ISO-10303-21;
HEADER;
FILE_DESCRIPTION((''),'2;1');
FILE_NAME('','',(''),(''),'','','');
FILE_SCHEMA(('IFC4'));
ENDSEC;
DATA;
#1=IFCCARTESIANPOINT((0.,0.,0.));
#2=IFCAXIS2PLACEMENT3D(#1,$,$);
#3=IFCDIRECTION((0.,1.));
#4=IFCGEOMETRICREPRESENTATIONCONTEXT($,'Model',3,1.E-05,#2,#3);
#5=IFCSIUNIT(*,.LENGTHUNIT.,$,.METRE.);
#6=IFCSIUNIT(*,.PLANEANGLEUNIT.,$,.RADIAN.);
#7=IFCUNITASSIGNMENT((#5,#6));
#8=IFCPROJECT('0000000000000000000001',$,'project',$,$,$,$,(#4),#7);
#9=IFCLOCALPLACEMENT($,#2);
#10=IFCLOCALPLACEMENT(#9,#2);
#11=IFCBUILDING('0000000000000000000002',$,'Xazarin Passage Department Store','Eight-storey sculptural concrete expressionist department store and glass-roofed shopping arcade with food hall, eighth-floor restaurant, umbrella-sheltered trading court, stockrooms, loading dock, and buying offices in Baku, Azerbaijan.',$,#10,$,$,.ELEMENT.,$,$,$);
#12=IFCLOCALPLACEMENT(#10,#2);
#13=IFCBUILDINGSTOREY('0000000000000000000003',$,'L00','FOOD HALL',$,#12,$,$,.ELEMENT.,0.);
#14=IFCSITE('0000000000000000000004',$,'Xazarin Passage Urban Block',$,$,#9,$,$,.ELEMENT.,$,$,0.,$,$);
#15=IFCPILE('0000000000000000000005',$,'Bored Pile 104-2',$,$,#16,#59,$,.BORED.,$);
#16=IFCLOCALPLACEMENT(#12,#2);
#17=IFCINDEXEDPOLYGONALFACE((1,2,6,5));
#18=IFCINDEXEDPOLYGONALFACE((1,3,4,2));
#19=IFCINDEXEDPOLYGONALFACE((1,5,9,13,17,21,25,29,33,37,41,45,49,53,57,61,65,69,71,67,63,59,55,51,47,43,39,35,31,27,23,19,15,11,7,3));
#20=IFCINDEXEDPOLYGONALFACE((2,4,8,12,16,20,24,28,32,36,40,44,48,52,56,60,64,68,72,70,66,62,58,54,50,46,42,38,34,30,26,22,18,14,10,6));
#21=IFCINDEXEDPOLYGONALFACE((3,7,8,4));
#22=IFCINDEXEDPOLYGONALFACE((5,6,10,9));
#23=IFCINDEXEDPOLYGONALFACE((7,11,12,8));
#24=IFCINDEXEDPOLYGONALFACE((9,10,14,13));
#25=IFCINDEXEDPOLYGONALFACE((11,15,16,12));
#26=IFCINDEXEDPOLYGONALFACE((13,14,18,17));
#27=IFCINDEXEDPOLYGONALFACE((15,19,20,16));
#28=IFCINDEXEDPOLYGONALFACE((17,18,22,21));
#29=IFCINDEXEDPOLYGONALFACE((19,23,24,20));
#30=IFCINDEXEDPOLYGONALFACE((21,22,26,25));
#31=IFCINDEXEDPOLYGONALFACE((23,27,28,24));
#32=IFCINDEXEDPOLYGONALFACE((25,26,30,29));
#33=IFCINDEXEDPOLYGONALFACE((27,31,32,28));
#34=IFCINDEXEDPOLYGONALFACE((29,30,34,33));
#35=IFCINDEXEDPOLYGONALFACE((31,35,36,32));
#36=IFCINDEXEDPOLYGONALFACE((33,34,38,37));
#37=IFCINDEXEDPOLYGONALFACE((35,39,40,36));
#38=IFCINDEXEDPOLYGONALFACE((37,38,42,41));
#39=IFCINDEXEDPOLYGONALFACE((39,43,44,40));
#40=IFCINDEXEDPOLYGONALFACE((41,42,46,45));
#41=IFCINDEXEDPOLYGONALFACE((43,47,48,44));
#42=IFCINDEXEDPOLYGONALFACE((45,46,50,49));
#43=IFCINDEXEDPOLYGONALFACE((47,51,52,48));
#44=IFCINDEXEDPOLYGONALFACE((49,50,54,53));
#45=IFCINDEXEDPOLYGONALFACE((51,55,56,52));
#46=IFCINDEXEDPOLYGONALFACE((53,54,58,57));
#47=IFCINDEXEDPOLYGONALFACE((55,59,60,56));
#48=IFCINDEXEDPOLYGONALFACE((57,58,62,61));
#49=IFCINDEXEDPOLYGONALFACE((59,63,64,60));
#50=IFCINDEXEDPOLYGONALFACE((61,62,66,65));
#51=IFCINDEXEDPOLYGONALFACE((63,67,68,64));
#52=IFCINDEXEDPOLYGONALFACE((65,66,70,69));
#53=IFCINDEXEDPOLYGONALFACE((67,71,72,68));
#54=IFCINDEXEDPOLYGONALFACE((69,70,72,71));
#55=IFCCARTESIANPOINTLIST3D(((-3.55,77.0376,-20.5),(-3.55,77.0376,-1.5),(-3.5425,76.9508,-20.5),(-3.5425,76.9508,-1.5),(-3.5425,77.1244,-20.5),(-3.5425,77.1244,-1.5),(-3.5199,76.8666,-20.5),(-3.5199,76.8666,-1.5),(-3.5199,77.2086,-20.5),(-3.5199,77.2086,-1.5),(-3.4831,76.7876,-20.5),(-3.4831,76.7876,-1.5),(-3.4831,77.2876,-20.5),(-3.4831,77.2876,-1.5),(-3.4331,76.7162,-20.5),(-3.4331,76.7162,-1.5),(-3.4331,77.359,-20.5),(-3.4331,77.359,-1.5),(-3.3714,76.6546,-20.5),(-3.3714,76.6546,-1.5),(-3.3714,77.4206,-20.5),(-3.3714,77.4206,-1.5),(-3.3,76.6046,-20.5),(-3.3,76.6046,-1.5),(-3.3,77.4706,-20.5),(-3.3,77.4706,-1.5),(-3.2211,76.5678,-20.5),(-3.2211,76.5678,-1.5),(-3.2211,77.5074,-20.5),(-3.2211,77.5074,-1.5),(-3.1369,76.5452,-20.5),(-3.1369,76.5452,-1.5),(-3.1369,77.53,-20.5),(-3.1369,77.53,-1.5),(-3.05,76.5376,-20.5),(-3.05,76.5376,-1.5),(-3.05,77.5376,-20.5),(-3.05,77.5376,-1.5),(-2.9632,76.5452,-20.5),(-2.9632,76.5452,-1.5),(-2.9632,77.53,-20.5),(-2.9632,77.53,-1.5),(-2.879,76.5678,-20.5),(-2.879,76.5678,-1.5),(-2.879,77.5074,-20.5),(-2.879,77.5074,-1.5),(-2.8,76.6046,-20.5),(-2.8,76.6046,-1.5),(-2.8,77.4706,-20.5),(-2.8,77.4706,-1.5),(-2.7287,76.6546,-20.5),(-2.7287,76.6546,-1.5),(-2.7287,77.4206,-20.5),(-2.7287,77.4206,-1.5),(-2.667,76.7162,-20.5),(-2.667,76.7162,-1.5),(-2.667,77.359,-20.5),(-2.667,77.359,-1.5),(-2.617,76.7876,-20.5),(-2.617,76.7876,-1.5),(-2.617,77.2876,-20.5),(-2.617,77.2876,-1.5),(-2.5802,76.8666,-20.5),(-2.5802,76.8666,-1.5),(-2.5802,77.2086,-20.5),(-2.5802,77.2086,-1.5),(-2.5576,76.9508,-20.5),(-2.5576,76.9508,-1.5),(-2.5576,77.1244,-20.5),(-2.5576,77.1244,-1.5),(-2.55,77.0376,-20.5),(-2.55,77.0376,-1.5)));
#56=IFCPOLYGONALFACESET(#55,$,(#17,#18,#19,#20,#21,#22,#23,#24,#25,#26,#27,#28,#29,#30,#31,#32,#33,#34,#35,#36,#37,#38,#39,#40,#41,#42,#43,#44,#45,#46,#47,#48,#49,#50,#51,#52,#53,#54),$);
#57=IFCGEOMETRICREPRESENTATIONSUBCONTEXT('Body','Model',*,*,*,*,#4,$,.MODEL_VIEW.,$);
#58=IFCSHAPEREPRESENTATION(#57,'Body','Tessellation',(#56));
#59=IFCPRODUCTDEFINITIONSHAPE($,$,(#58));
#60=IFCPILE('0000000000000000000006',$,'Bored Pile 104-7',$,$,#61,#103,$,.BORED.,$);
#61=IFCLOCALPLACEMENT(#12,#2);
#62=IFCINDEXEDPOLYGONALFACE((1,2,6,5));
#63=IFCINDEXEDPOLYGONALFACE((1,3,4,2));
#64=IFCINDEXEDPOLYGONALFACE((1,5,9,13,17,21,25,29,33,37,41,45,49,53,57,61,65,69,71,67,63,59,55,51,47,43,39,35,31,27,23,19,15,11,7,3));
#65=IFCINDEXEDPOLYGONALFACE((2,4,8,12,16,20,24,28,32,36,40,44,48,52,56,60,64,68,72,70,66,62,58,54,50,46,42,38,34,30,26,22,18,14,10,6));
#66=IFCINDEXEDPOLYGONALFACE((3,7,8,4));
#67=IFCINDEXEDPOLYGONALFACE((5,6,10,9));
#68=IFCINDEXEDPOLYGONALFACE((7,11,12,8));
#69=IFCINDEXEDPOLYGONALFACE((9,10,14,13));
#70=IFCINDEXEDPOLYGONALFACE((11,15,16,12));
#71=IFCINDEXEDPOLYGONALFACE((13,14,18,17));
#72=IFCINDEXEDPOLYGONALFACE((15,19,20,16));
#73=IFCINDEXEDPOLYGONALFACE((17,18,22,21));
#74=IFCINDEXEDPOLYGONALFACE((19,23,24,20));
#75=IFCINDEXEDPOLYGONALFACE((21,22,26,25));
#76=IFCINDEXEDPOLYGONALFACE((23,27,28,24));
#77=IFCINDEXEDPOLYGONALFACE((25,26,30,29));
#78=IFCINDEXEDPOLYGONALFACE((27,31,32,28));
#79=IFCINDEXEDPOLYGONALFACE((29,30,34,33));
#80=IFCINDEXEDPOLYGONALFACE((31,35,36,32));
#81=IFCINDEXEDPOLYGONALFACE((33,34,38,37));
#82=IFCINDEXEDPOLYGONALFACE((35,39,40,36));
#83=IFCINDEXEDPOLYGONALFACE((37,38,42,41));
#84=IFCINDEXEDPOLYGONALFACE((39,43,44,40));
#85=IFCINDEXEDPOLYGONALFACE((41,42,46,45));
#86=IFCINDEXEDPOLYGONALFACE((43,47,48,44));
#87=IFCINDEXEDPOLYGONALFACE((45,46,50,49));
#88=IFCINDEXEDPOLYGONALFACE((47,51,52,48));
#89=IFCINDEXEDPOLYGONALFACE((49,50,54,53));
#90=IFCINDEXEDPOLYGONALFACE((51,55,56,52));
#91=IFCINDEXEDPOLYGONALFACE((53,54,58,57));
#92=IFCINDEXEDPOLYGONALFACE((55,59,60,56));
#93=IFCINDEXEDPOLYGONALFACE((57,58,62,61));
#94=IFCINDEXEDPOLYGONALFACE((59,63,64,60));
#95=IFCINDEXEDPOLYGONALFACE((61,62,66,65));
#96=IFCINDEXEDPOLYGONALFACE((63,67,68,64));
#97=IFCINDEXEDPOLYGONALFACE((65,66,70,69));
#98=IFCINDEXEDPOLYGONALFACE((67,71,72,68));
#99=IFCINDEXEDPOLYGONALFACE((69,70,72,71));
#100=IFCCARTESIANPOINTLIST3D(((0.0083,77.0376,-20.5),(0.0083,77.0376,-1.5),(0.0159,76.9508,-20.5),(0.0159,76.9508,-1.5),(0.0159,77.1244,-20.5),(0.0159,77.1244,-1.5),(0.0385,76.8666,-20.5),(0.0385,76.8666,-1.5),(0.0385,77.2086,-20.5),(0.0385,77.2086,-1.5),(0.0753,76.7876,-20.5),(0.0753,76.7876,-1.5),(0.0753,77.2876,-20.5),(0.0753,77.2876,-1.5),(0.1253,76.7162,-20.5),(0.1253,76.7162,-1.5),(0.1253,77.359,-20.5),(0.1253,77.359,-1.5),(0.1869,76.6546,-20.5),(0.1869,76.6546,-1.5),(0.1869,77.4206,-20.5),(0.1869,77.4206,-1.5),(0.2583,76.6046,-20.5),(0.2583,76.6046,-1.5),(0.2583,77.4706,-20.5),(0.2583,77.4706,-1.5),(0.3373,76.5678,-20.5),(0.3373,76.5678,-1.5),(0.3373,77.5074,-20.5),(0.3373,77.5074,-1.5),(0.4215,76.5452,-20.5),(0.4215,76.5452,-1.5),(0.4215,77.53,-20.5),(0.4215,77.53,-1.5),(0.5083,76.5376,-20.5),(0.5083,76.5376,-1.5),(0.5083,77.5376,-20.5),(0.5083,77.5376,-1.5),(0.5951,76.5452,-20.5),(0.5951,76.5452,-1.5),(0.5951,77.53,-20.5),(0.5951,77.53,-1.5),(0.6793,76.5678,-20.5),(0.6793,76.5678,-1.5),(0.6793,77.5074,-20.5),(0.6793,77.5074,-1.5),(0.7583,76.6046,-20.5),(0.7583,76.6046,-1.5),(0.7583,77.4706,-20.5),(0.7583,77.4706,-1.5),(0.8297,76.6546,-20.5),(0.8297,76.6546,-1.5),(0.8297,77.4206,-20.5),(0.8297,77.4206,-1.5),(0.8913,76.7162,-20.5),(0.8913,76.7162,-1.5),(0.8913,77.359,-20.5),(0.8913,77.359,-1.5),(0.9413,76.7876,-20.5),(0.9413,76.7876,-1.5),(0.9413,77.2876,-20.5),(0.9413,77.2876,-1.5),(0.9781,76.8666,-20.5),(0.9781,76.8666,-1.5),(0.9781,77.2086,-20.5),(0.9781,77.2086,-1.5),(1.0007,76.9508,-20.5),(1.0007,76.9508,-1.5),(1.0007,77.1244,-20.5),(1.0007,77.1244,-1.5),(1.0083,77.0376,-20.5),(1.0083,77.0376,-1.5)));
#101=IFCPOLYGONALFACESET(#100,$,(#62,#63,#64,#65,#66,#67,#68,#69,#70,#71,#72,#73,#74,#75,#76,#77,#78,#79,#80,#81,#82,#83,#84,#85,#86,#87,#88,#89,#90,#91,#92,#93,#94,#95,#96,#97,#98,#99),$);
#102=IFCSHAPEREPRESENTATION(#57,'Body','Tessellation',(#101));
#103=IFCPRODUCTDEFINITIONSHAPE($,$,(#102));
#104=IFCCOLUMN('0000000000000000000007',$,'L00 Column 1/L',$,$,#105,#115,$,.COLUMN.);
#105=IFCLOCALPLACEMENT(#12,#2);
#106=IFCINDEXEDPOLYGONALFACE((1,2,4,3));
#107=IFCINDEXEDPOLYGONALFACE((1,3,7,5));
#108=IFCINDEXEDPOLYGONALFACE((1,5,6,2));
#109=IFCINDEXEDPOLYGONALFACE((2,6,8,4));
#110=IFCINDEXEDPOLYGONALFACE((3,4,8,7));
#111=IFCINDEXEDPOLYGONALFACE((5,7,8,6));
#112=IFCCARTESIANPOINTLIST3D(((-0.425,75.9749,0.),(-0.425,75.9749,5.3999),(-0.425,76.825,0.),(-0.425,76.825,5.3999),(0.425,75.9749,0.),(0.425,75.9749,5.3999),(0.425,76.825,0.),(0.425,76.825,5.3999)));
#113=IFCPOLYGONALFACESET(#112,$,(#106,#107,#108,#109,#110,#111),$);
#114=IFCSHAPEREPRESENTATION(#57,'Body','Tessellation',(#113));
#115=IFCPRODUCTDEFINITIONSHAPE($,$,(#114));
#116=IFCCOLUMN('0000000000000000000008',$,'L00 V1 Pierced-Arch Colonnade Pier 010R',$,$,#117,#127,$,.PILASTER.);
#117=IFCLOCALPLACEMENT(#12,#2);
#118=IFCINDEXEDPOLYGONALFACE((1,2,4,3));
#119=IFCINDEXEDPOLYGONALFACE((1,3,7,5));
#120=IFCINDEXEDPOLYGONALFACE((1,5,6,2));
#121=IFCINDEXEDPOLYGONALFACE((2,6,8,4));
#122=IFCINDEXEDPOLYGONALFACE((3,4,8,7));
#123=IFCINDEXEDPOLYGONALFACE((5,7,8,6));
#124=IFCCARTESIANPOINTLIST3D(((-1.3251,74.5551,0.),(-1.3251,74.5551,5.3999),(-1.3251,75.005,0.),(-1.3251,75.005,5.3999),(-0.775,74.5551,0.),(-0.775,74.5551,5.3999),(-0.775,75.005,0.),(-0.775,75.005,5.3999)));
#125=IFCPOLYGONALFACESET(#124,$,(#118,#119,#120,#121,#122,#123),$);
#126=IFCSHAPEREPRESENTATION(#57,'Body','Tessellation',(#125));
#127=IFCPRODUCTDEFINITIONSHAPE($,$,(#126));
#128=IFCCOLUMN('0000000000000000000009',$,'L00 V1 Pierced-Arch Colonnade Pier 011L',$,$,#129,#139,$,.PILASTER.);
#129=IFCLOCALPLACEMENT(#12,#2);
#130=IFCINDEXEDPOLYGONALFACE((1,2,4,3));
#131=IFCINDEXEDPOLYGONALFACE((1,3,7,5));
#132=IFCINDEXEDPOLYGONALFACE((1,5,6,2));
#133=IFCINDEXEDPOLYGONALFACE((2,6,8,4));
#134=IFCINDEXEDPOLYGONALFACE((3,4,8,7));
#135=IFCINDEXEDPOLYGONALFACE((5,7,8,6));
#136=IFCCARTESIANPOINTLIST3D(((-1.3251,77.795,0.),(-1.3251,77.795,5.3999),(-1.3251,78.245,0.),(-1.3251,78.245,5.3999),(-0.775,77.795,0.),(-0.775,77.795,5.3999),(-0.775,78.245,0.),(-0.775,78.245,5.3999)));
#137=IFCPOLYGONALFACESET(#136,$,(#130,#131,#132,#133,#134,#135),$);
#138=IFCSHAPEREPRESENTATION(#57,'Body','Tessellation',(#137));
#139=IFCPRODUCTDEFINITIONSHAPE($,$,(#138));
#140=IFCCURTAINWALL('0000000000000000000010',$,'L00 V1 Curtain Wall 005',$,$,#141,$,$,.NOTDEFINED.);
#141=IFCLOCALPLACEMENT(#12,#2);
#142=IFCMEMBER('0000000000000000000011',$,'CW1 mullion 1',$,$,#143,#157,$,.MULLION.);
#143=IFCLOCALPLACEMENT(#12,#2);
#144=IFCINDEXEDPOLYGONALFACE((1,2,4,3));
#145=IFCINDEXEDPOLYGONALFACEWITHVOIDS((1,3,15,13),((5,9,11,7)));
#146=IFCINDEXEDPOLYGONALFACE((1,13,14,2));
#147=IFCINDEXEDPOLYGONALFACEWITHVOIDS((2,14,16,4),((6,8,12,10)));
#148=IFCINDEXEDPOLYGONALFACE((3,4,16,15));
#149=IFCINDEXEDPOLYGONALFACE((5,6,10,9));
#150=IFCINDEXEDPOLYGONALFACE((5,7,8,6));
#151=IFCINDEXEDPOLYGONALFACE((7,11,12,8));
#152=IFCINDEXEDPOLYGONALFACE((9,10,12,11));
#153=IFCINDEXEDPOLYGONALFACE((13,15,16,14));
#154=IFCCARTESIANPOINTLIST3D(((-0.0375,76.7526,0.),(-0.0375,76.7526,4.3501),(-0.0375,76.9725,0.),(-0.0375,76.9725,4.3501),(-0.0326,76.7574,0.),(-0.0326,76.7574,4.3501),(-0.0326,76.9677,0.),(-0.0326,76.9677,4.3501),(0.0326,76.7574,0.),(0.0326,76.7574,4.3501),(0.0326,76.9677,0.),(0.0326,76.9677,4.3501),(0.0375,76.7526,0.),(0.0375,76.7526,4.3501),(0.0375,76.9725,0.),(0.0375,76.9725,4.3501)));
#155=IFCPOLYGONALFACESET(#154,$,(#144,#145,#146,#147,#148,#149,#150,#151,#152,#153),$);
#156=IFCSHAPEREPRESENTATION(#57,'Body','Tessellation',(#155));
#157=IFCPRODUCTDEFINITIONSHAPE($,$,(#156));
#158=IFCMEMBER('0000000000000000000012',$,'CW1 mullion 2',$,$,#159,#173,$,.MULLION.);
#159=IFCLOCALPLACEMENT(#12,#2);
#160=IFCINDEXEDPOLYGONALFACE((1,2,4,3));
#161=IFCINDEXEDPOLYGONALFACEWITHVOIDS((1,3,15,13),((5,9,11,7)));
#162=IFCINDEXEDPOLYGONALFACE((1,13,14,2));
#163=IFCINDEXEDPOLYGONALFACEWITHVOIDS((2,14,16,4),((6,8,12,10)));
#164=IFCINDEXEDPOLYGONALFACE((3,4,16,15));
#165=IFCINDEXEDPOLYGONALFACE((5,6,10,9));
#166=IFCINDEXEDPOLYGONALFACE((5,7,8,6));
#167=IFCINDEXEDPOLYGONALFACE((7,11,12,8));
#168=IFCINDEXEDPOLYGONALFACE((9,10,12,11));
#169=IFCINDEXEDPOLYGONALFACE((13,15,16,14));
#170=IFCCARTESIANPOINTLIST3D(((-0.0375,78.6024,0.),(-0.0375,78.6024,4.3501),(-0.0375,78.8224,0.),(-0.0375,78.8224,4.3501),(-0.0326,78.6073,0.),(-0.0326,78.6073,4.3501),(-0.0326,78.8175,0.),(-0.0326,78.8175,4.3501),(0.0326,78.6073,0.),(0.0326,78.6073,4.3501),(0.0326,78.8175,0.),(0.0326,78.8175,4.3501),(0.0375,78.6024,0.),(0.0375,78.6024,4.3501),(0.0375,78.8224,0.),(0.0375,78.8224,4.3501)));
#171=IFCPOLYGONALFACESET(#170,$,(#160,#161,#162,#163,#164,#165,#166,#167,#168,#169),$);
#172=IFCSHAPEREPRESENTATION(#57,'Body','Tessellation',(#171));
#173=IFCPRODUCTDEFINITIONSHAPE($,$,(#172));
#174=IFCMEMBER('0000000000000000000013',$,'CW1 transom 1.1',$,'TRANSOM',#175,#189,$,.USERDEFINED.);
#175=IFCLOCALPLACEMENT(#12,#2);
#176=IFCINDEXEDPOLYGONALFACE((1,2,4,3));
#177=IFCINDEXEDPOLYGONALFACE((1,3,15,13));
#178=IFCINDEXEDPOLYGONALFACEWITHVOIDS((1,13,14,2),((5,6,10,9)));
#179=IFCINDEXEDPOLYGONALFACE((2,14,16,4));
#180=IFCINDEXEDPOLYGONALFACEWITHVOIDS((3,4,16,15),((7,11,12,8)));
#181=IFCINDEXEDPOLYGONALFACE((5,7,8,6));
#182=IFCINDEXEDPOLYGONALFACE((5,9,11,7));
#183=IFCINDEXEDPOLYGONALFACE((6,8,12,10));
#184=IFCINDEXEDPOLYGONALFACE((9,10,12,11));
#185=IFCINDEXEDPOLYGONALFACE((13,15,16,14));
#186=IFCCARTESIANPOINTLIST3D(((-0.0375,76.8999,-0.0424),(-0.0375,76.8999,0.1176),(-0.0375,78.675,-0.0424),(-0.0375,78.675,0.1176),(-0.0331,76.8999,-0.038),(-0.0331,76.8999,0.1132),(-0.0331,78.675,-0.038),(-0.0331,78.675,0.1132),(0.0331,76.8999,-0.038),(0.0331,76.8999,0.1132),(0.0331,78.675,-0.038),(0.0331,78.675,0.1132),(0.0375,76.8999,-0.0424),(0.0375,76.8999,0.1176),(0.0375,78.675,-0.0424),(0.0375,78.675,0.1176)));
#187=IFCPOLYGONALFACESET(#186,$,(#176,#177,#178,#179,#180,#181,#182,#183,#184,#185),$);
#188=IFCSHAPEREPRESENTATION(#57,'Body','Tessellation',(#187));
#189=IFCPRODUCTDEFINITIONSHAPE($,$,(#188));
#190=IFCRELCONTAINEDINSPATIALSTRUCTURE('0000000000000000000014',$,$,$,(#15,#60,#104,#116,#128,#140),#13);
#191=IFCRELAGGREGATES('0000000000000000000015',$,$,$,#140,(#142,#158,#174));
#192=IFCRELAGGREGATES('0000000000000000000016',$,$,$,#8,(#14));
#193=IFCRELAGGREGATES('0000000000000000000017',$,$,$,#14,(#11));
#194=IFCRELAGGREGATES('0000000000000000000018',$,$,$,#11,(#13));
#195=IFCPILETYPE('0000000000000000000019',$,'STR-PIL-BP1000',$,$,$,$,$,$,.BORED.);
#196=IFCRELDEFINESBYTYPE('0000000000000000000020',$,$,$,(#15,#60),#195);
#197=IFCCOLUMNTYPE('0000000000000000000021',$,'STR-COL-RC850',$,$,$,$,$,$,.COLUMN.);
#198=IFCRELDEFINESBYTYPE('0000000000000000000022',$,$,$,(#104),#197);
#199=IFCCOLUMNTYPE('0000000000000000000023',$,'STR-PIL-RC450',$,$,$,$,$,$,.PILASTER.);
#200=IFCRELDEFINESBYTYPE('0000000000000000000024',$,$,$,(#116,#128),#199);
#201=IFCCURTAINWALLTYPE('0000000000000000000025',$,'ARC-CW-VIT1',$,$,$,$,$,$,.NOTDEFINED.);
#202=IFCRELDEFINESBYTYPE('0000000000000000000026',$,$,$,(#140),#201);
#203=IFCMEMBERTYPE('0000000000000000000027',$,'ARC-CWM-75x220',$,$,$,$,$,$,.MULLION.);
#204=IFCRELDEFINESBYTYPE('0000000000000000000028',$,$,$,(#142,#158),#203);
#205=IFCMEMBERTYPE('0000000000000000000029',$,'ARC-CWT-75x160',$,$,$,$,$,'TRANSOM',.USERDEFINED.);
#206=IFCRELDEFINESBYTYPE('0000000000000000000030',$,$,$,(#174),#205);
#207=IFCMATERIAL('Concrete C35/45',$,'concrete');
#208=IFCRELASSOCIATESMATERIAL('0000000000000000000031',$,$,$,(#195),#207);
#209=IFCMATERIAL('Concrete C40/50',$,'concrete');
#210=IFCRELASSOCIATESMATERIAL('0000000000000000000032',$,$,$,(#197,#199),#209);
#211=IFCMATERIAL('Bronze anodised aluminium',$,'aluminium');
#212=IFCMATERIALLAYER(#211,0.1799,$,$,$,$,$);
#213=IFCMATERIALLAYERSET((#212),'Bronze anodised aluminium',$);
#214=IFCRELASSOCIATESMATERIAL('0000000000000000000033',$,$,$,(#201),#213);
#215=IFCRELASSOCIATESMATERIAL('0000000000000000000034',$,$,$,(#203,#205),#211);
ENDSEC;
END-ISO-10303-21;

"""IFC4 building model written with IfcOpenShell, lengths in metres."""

from ifc_helpers import new_model, si_unit, direction, frame, origin, origin_2d, place, context, subcontext, project, spatial, rectangle, hollow_rectangle, circle, extrude, material, layer, layer_set, material_profile, profile_set, type_object, element, aggregate, save


model = new_model("IFC4")

# Units and contexts
model_context = context("Model", 3, precision=1e-05, world=origin(), true_north=direction((0.0, 1.0)))
body_context = subcontext(model_context, "Body", "Model", "MODEL_VIEW")
ifc_project = project(units=[si_unit("LENGTHUNIT", "METRE"), si_unit("PLANEANGLEUNIT", "RADIAN")], contexts=[model_context])

# Site, building, storey
site_placement = place(None, origin())
site = spatial("IfcSite", under=ifc_project, at=site_placement, Name="Xazarin Passage Urban Block", CompositionType="ELEMENT", RefElevation=0.0)
building_placement = place(site_placement, origin())
building = spatial("IfcBuilding", under=site, at=building_placement, Name="Xazarin Passage Department Store", Description="Eight-storey sculptural concrete expressionist department store and glass-roofed shopping arcade with food hall, eighth-floor restaurant, umbrella-sheltered trading court, stockrooms, loading dock, and buying offices in Baku, Azerbaijan.", CompositionType="ELEMENT")
storey_placement = place(building_placement, origin())
storey = spatial("IfcBuildingStorey", under=building, at=storey_placement, Name="L00", Description="FOOD HALL", CompositionType="ELEMENT", Elevation=0.0)

# Piles
ifc_material_1 = material(Name="Concrete C35/45", Category="concrete")
ifc_material_profile_1 = material_profile(ifc_material_1, circle(Radius=0.5, at=origin_2d()), Name="BP 1000")
ifc_profile_set_1 = profile_set([ifc_material_profile_1], Name="Concrete C35/45")
pile_type = type_object("IfcPileType", Name="STR-PIL-BP1000", PredefinedType="BORED", material=ifc_profile_set_1)
for number, where, z_axis, x_axis, name in (
    (1, (-3.05, 77.0376, -1.5), (0.0, 0.0, -1.0), (1.0, 0.0, 0.0), "Bored Pile 104-2"),
    (2, (0.5083, 77.0376, -1.5), (0.0, 0.0, -1.0), (1.0, 0.0, 0.0), "Bored Pile 104-7"),
):
    element("IfcPile", number, at=place(storey_placement, frame(where, z_axis=z_axis, x_axis=x_axis)), inside=storey, type_object=pile_type, Name=name, PredefinedType="BORED", context=body_context, shape_type="SweptSolid", body=[
        extrude(circle(Radius=0.5, at=origin_2d()), origin(), (0.0, 0.0, 1.0), 19.0),
    ])

# Columns
ifc_material_2 = material(Name="Concrete C40/50", Category="concrete")
ifc_material_profile_2 = material_profile(ifc_material_2, rectangle(XDim=0.8501, YDim=0.8501, at=origin_2d()), Name="RC 850x850")
ifc_profile_set_2 = profile_set([ifc_material_profile_2], Name="Concrete C40/50")
column_type_1 = type_object("IfcColumnType", Name="STR-COL-RC850", PredefinedType="COLUMN", material=ifc_profile_set_2)
column_placement = place(storey_placement, frame((0.0, 76.3999, 0.0), z_axis=(0.0, 0.0, 1.0), x_axis=(1.0, 0.0, 0.0)))
element("IfcColumn", 3, at=column_placement, inside=storey, type_object=column_type_1, Name="L00 Column 1/L", PredefinedType="COLUMN", context=body_context, shape_type="SweptSolid", body=[
    extrude(rectangle(XDim=0.8501, YDim=0.8501, at=origin_2d()), origin(), (0.0, 0.0, 1.0), 5.3999),
])
ifc_material_profile_3 = material_profile(ifc_material_2, rectangle(XDim=0.45, YDim=0.55, at=origin_2d()), Name="RC 450x550")
ifc_profile_set_3 = profile_set([ifc_material_profile_3], Name="Concrete C40/50")
column_type_2 = type_object("IfcColumnType", Name="STR-PIL-RC450", PredefinedType="PILASTER", material=ifc_profile_set_3)
for number, where, z_axis, x_axis, name in (
    (4, (-1.05, 74.78, 0.0), (0.0, 0.0, 1.0), (0.0, 1.0, 0.0), "L00 V1 Pierced-Arch Colonnade Pier 010R"),
    (5, (-1.05, 78.02, 0.0), (0.0, 0.0, 1.0), (0.0, 1.0, 0.0), "L00 V1 Pierced-Arch Colonnade Pier 011L"),
):
    element("IfcColumn", number, at=place(storey_placement, frame(where, z_axis=z_axis, x_axis=x_axis)), inside=storey, type_object=column_type_2, Name=name, PredefinedType="PILASTER", context=body_context, shape_type="SweptSolid", body=[
        extrude(rectangle(XDim=0.45, YDim=0.55, at=origin_2d()), origin(), (0.0, 0.0, 1.0), 5.3999),
    ])

# Curtain wall, members
ifc_material_3 = material(Name="Bronze anodised aluminium", Category="aluminium")
ifc_layer_1 = layer(ifc_material_3, 0.1799)
ifc_layer_set_1 = layer_set([ifc_layer_1], Name="Bronze anodised aluminium")
curtain_wall_type = type_object("IfcCurtainWallType", Name="ARC-CW-VIT1", PredefinedType="NOTDEFINED", material=ifc_layer_set_1)
curtain_wall_placement = place(storey_placement, origin())
curtain_wall = element("IfcCurtainWall", 6, at=curtain_wall_placement, inside=storey, type_object=curtain_wall_type, Name="L00 V1 Curtain Wall 005", PredefinedType="NOTDEFINED")
ifc_material_profile_4 = material_profile(ifc_material_3, hollow_rectangle(XDim=0.075, YDim=0.22, WallThickness=0.0049, at=origin_2d()), Name="ALU 75x220")
ifc_profile_set_4 = profile_set([ifc_material_profile_4], Name="Bronze anodised aluminium")
member_type_1 = type_object("IfcMemberType", Name="ARC-CWM-75x220", PredefinedType="MULLION", material=ifc_profile_set_4)
member_1_placement = place(storey_placement, frame((0.0, 76.8625, 0.0), z_axis=(0.0, 0.0, 1.0), x_axis=(-1.0, 0.0, 0.0)))
member_1 = element("IfcMember", 7, at=member_1_placement, type_object=member_type_1, Name="CW1 mullion 1", PredefinedType="MULLION", context=body_context, shape_type="SweptSolid", body=[
    extrude(hollow_rectangle(XDim=0.075, YDim=0.22, WallThickness=0.0049, at=origin_2d()), origin(), (0.0, 0.0, 1.0), 4.3501),
])
member_2_placement = place(storey_placement, frame((0.0, 78.7124, 0.0), z_axis=(0.0, 0.0, 1.0), x_axis=(-1.0, 0.0, 0.0)))
member_2 = element("IfcMember", 8, at=member_2_placement, type_object=member_type_1, Name="CW1 mullion 2", PredefinedType="MULLION", context=body_context, shape_type="SweptSolid", body=[
    extrude(hollow_rectangle(XDim=0.075, YDim=0.22, WallThickness=0.0049, at=origin_2d()), origin(), (0.0, 0.0, 1.0), 4.3501),
])
ifc_material_profile_5 = material_profile(ifc_material_3, hollow_rectangle(XDim=0.075, YDim=0.1599, WallThickness=0.0044, at=origin_2d()), Name="ALU 75x160")
ifc_profile_set_5 = profile_set([ifc_material_profile_5], Name="Bronze anodised aluminium")
member_type_2 = type_object("IfcMemberType", Name="ARC-CWT-75x160", ElementType="TRANSOM", PredefinedType="USERDEFINED", material=ifc_profile_set_5)
member_3_placement = place(storey_placement, frame((0.0, 76.8999, 0.0376), z_axis=(0.0, 1.0, 0.0), x_axis=(-1.0, 0.0, 0.0)))
member_3 = element("IfcMember", 9, at=member_3_placement, type_object=member_type_2, Name="CW1 transom 1.1", ObjectType="TRANSOM", PredefinedType="USERDEFINED", context=body_context, shape_type="SweptSolid", body=[
    extrude(hollow_rectangle(XDim=0.075, YDim=0.1599, WallThickness=0.0044, at=origin_2d()), origin(), (0.0, 0.0, 1.0), 1.7751),
])

aggregate(curtain_wall, [member_1, member_2, member_3])

save(model, "model.ifc")
